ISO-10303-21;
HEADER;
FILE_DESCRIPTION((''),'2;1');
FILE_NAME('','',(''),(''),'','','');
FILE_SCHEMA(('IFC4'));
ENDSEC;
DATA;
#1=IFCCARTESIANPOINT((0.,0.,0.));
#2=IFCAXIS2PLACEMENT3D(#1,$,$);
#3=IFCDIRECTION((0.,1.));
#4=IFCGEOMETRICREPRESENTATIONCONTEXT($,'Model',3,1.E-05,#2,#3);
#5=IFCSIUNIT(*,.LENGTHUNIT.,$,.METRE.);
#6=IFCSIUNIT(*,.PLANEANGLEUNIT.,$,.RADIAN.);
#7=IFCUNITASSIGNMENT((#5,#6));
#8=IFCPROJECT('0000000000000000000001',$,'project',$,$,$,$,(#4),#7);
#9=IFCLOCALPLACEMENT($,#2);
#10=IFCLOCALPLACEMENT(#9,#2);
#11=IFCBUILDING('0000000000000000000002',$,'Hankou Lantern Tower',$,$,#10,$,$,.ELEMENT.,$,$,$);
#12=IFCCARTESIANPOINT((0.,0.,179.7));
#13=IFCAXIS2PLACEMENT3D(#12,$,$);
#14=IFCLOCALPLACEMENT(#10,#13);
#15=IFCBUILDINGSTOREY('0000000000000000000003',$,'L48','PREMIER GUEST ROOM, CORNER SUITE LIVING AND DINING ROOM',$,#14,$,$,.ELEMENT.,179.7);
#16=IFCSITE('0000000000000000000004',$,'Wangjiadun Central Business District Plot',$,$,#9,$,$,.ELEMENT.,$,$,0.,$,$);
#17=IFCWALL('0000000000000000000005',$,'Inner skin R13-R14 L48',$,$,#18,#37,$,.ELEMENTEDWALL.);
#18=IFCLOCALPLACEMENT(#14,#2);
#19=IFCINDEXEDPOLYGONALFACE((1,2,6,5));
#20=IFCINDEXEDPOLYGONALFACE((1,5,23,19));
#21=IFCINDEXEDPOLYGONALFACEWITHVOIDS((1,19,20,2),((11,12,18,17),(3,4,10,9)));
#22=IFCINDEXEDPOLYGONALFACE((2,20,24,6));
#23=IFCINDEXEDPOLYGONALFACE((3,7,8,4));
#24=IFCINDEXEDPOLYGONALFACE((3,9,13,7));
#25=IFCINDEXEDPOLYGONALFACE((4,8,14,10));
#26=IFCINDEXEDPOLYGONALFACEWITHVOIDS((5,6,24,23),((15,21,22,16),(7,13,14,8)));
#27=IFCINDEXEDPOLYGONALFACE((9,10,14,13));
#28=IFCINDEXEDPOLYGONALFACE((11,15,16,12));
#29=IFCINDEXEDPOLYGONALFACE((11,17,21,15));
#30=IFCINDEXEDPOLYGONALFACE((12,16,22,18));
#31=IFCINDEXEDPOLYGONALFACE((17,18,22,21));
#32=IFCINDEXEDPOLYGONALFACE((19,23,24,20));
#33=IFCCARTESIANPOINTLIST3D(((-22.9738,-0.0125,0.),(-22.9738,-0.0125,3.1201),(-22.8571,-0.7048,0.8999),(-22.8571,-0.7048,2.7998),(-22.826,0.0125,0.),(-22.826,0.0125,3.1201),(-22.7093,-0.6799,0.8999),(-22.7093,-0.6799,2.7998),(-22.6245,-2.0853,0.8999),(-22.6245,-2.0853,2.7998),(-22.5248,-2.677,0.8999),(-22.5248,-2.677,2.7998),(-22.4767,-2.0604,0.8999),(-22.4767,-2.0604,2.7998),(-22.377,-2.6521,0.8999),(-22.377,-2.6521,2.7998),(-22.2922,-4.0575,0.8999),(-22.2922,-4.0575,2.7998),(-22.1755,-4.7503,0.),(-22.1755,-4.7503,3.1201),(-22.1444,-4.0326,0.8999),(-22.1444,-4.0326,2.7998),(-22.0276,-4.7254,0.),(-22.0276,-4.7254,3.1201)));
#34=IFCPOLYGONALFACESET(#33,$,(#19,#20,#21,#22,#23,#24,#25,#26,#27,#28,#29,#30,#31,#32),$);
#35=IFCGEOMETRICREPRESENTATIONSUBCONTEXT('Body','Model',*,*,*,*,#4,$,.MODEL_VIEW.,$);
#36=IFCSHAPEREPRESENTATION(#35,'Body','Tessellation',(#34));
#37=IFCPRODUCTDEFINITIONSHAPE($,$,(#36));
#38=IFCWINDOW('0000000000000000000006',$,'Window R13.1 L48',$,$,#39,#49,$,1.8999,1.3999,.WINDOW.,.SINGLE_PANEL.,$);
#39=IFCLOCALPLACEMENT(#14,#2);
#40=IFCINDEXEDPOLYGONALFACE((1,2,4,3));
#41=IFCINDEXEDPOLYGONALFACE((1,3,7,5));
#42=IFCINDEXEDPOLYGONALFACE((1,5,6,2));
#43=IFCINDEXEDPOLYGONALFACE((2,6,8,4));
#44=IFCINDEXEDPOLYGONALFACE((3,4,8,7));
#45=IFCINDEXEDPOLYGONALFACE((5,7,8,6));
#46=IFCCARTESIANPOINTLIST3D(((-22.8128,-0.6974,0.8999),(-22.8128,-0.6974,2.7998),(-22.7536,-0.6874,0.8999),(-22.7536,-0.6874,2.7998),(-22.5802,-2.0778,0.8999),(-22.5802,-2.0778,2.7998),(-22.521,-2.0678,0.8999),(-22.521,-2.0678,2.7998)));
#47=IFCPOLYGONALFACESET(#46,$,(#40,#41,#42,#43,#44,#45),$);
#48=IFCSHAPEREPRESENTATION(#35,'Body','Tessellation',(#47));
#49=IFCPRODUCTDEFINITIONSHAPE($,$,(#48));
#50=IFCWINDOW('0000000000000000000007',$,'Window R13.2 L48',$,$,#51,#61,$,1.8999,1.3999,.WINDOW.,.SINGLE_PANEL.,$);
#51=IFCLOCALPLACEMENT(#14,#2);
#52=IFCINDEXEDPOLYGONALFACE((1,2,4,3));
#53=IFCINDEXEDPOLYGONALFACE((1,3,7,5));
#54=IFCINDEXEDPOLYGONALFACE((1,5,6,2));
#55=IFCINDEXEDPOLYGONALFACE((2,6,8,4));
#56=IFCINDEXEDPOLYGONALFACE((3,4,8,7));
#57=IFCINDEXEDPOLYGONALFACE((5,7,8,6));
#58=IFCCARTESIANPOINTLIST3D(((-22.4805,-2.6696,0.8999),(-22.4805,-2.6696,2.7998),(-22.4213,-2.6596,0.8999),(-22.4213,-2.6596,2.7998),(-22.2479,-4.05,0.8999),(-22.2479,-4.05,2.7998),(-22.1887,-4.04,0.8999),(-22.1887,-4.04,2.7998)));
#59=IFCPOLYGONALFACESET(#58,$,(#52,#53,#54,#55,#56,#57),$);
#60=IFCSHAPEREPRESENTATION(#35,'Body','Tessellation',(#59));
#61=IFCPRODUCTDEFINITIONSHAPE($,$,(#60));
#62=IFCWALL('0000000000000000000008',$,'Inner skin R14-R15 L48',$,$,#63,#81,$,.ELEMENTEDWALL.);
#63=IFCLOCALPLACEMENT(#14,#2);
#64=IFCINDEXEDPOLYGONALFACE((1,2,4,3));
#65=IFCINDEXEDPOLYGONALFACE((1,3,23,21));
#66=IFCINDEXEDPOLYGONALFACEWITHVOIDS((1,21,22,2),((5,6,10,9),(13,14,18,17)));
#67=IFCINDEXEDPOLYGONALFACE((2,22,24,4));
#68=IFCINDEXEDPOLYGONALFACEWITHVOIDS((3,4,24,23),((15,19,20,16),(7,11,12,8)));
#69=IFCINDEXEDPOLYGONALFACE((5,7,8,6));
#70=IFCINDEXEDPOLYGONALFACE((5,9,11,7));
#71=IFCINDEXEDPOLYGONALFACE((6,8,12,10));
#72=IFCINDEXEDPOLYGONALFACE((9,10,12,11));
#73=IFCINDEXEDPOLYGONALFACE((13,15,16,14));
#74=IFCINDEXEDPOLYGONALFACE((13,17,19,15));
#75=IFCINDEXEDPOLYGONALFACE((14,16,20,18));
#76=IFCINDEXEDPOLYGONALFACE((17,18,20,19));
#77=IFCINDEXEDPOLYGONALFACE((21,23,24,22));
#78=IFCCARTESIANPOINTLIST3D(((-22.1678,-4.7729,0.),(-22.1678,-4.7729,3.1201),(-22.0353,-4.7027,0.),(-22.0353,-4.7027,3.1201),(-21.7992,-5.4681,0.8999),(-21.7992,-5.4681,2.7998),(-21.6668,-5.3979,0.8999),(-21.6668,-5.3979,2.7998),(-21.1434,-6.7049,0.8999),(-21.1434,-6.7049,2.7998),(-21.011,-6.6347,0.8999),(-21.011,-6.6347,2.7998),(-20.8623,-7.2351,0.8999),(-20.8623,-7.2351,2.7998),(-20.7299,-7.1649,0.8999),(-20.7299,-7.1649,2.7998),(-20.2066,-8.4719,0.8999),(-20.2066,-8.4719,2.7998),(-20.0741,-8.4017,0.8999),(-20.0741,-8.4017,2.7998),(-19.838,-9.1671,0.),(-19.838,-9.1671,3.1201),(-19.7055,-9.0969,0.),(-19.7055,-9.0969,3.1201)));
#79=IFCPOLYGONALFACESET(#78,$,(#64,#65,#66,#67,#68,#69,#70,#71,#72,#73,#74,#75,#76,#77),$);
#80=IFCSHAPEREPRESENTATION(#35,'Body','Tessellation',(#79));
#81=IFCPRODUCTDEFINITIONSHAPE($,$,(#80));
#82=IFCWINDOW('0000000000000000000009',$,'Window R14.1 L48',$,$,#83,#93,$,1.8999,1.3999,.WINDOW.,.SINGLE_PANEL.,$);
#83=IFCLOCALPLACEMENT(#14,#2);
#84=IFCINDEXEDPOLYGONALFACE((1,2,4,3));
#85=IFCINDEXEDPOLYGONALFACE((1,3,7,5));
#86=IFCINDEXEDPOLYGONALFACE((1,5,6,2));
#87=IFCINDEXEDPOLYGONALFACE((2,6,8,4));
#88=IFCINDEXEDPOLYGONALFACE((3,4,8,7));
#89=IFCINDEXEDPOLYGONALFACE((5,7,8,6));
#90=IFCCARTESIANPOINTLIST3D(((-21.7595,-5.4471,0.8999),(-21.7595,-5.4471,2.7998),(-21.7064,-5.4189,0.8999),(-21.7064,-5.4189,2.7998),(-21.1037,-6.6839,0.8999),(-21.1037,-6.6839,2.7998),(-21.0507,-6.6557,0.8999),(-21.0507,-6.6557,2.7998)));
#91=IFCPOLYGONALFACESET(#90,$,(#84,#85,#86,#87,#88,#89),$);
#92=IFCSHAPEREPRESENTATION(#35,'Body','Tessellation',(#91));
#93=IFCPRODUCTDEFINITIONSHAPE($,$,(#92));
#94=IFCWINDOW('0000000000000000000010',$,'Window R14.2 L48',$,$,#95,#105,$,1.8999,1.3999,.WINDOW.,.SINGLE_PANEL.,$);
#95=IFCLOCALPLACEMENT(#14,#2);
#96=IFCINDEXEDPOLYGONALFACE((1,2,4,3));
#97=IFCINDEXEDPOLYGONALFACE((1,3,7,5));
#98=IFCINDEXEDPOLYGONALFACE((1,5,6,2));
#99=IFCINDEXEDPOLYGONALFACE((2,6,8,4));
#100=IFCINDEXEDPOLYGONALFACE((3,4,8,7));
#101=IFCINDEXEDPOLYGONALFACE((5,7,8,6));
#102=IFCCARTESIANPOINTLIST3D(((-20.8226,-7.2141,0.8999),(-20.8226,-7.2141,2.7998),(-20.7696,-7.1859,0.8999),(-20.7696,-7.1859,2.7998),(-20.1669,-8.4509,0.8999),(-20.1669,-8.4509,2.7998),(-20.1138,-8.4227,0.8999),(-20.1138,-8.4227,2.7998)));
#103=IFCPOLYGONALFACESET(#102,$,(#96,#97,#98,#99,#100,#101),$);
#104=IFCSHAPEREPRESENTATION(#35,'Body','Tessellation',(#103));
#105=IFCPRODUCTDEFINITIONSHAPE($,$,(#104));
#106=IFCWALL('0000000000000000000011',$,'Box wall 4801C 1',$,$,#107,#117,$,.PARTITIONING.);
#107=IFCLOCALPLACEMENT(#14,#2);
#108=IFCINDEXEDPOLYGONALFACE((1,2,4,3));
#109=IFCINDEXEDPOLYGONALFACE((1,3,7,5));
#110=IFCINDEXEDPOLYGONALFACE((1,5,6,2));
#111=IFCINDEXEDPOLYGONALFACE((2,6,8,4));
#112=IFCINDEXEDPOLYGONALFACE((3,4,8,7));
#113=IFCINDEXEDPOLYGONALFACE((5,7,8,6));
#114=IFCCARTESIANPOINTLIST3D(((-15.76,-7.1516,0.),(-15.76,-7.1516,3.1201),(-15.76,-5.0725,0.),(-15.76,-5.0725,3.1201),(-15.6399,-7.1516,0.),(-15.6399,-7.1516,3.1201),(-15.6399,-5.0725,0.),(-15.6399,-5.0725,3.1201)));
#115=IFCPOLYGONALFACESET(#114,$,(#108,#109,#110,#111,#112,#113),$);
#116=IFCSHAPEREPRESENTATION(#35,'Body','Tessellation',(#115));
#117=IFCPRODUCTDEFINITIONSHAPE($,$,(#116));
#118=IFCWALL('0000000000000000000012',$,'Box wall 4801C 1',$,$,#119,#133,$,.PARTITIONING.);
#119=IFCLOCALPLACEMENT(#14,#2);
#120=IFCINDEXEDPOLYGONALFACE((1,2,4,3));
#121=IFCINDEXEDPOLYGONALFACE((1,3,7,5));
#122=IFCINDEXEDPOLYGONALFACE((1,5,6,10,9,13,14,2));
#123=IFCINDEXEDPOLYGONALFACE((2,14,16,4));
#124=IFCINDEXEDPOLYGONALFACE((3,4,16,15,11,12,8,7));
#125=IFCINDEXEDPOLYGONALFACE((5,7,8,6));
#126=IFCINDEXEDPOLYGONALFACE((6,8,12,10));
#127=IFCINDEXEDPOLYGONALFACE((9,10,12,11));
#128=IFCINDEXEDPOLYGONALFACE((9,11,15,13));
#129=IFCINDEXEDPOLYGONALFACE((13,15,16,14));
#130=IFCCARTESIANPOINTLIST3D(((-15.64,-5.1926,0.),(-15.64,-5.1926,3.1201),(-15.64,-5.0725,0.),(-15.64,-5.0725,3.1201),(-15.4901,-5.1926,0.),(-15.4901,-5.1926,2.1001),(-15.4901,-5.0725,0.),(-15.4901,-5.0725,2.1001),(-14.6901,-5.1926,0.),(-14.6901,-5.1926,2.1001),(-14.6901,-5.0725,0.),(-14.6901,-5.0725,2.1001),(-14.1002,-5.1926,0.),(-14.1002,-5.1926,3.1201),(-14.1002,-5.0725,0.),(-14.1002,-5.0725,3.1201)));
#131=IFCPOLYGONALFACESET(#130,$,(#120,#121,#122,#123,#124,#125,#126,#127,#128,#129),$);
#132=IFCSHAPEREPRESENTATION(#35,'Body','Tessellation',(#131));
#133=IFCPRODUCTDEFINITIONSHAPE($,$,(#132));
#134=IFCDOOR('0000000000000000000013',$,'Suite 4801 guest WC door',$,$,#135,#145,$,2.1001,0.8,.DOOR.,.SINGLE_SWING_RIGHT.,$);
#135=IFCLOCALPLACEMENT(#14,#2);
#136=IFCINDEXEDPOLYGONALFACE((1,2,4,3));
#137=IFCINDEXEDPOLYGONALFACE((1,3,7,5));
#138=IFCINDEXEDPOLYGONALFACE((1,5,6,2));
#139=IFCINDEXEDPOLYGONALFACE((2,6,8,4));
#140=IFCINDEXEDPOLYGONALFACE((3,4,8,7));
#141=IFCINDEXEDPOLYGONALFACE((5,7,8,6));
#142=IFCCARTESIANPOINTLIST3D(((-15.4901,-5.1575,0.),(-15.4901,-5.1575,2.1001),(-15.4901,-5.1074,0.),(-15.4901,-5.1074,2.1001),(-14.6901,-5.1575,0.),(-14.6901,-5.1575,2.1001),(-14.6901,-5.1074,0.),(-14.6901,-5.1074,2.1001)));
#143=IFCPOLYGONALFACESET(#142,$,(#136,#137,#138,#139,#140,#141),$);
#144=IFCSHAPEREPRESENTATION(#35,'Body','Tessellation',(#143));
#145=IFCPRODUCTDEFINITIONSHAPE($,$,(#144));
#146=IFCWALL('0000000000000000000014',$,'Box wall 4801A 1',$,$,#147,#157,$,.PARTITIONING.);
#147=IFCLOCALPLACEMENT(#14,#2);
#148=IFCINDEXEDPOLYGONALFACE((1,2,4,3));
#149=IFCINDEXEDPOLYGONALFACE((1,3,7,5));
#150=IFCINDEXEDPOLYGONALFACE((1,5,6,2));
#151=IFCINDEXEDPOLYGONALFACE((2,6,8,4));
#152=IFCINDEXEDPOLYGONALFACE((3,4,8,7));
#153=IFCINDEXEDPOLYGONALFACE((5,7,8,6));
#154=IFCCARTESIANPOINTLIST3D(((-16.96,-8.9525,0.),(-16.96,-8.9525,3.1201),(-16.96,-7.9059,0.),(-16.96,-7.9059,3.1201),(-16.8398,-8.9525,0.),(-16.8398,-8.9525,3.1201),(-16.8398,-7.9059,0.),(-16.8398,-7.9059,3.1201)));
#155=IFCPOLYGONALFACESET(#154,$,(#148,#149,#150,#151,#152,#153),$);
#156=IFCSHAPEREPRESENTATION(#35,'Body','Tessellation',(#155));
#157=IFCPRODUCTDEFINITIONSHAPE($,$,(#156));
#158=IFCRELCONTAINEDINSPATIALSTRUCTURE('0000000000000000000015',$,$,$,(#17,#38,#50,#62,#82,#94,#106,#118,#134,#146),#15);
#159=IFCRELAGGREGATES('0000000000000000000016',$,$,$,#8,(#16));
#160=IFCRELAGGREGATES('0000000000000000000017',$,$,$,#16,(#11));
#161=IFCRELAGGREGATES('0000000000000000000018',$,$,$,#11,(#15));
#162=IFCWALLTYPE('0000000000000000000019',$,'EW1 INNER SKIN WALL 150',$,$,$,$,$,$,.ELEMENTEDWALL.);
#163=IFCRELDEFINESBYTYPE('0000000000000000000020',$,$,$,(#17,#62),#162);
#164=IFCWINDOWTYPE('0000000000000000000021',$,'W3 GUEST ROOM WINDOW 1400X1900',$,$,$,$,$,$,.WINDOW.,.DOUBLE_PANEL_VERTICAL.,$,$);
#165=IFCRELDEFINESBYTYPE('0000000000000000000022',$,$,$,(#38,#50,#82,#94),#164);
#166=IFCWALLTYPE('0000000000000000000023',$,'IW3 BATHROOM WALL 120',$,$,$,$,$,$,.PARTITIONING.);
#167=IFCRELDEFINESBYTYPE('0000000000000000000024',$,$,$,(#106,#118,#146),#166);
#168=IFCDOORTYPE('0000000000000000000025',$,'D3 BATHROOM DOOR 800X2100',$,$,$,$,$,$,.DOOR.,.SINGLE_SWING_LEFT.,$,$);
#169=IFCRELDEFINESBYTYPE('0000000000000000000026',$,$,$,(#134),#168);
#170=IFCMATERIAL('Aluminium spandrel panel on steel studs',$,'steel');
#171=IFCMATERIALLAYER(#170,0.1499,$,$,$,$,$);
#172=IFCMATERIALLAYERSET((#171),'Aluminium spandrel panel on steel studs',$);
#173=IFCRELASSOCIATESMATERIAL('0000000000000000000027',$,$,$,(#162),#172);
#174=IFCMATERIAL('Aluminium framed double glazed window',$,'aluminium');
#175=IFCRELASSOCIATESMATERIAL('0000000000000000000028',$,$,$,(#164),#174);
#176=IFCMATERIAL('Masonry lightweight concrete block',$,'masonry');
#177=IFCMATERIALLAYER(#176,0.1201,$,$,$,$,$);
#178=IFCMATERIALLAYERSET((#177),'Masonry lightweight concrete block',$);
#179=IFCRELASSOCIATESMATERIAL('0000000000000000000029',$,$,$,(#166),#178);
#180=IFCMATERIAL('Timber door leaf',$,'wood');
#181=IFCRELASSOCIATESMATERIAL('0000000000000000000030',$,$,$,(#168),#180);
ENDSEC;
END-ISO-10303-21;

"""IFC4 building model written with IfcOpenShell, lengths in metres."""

from ifc_helpers import new_model, si_unit, direction, frame, frame_2d, origin, place, context, subcontext, project, spatial, rectangle, extrude, material, layer, layer_set, type_object, element, fill, save


model = new_model("IFC4")

# Units and contexts
model_context = context("Model", 3, precision=1e-05, world=origin(), true_north=direction((0.0, 1.0)))
body_context = subcontext(model_context, "Body", "Model", "MODEL_VIEW")
ifc_project = project(units=[si_unit("LENGTHUNIT", "METRE"), si_unit("PLANEANGLEUNIT", "RADIAN")], contexts=[model_context])

# Site, building, storey
site_placement = place(None, origin())
site = spatial("IfcSite", under=ifc_project, at=site_placement, Name="Wangjiadun Central Business District Plot", CompositionType="ELEMENT", RefElevation=0.0)
building_placement = place(site_placement, origin())
building = spatial("IfcBuilding", under=site, at=building_placement, Name="Hankou Lantern Tower", CompositionType="ELEMENT")
storey_placement = place(building_placement, frame((0.0, 0.0, 179.7)))
storey = spatial("IfcBuildingStorey", under=building, at=storey_placement, Name="L48", Description="PREMIER GUEST ROOM, CORNER SUITE LIVING AND DINING ROOM", CompositionType="ELEMENT", Elevation=179.7)

# Walls, openings, windows
ifc_material_1 = material(Name="Aluminium spandrel panel on steel studs", Category="steel")
ifc_layer_1 = layer(ifc_material_1, 0.1499)
ifc_layer_set_1 = layer_set([ifc_layer_1], Name="Aluminium spandrel panel on steel studs")
wall_type_1 = type_object("IfcWallType", Name="EW1 INNER SKIN WALL 150", PredefinedType="ELEMENTEDWALL", material=ifc_layer_set_1)
wall_1_placement = place(storey_placement, frame((-22.8999, 0.0, 0.0), z_axis=(0.0, 0.0, 1.0), x_axis=(0.166162, -0.986098, 0.0)))
wall_1 = element("IfcWall", 1, at=wall_1_placement, inside=storey, type_object=wall_type_1, Name="Inner skin R13-R14 L48", PredefinedType="ELEMENTEDWALL", context=body_context, shape_type="SweptSolid", body=[
    extrude(rectangle(XDim=4.8047, YDim=0.1499, at=frame_2d((2.4023, 0.0))), origin(), (0.0, 0.0, 1.0), 3.1201),
])
opening_1_placement = place(wall_1_placement, frame((0.7021, 0.0, 0.8999)))
opening_1 = element("IfcOpeningElement", 2, at=opening_1_placement, cuts=wall_1, PredefinedType="OPENING", context=body_context, shape_type="SweptSolid", body=[
    extrude(rectangle(XDim=1.3999, YDim=1.8999, at=frame_2d((0.7, 0.95))), frame((0.0, 0.085, 0.0), z_axis=(0.0, -1.0, 0.0), x_axis=(1.0, 0.0, 0.0)), (0.0, 0.0, 1.0), 0.1699),
])
opening_2_placement = place(wall_1_placement, frame((2.7021, 0.0, 0.8999)))
opening_2 = element("IfcOpeningElement", 3, at=opening_2_placement, cuts=wall_1, PredefinedType="OPENING", context=body_context, shape_type="SweptSolid", body=[
    extrude(rectangle(XDim=1.3999, YDim=1.8999, at=frame_2d((0.7, 0.95))), frame((0.0, 0.085, 0.0), z_axis=(0.0, -1.0, 0.0), x_axis=(1.0, 0.0, 0.0)), (0.0, 0.0, 1.0), 0.1699),
])
ifc_material_2 = material(Name="Aluminium framed double glazed window", Category="aluminium")
window_type = type_object("IfcWindowType", Name="W3 GUEST ROOM WINDOW 1400X1900", PartitioningType="DOUBLE_PANEL_VERTICAL", PredefinedType="WINDOW", material=ifc_material_2)
window_1_placement = place(opening_1_placement, origin())
window_1 = element("IfcWindow", 4, at=window_1_placement, inside=storey, type_object=window_type, Name="Window R13.1 L48", OverallHeight=1.8999, OverallWidth=1.3999, PartitioningType="SINGLE_PANEL", PredefinedType="WINDOW", context=body_context, shape_type="SweptSolid", body=[
    extrude(rectangle(XDim=1.3999, YDim=1.8999, at=frame_2d((0.7, 0.95))), frame((0.0, 0.03, 0.0), z_axis=(0.0, -1.0, 0.0), x_axis=(1.0, 0.0, 0.0)), (0.0, 0.0, 1.0), 0.0601),
])
fill(opening_1, window_1)
window_2_placement = place(opening_2_placement, origin())
window_2 = element("IfcWindow", 5, at=window_2_placement, inside=storey, type_object=window_type, Name="Window R13.2 L48", OverallHeight=1.8999, OverallWidth=1.3999, PartitioningType="SINGLE_PANEL", PredefinedType="WINDOW", context=body_context, shape_type="SweptSolid", body=[
    extrude(rectangle(XDim=1.3999, YDim=1.8999, at=frame_2d((0.7, 0.95))), frame((0.0, 0.03, 0.0), z_axis=(0.0, -1.0, 0.0), x_axis=(1.0, 0.0, 0.0)), (0.0, 0.0, 1.0), 0.0601),
])
fill(opening_2, window_2)
wall_2_placement = place(storey_placement, frame((-22.1016, -4.7378, 0.0), z_axis=(0.0, 0.0, 1.0), x_axis=(0.468429, -0.883501, 0.0)))
wall_2 = element("IfcWall", 6, at=wall_2_placement, inside=storey, type_object=wall_type_1, Name="Inner skin R14-R15 L48", PredefinedType="ELEMENTEDWALL", context=body_context, shape_type="SweptSolid", body=[
    extrude(rectangle(XDim=4.9736, YDim=0.1499, at=frame_2d((2.4868, 0.0))), origin(), (0.0, 0.0, 1.0), 3.1201),
])
opening_3_placement = place(wall_2_placement, frame((0.7869, 0.0, 0.8999)))
opening_3 = element("IfcOpeningElement", 7, at=opening_3_placement, cuts=wall_2, PredefinedType="OPENING", context=body_context, shape_type="SweptSolid", body=[
    extrude(rectangle(XDim=1.3999, YDim=1.8999, at=frame_2d((0.7, 0.95))), frame((0.0, 0.085, 0.0), z_axis=(0.0, -1.0, 0.0), x_axis=(1.0, 0.0, 0.0)), (0.0, 0.0, 1.0), 0.1699),
])
opening_4_placement = place(wall_2_placement, frame((2.7869, 0.0, 0.8999)))
opening_4 = element("IfcOpeningElement", 8, at=opening_4_placement, cuts=wall_2, PredefinedType="OPENING", context=body_context, shape_type="SweptSolid", body=[
    extrude(rectangle(XDim=1.3999, YDim=1.8999, at=frame_2d((0.7, 0.95))), frame((0.0, 0.085, 0.0), z_axis=(0.0, -1.0, 0.0), x_axis=(1.0, 0.0, 0.0)), (0.0, 0.0, 1.0), 0.1699),
])
window_3_placement = place(opening_3_placement, origin())
window_3 = element("IfcWindow", 9, at=window_3_placement, inside=storey, type_object=window_type, Name="Window R14.1 L48", OverallHeight=1.8999, OverallWidth=1.3999, PartitioningType="SINGLE_PANEL", PredefinedType="WINDOW", context=body_context, shape_type="SweptSolid", body=[
    extrude(rectangle(XDim=1.3999, YDim=1.8999, at=frame_2d((0.7, 0.95))), frame((0.0, 0.03, 0.0), z_axis=(0.0, -1.0, 0.0), x_axis=(1.0, 0.0, 0.0)), (0.0, 0.0, 1.0), 0.0601),
])
fill(opening_3, window_3)
window_4_placement = place(opening_4_placement, origin())
window_4 = element("IfcWindow", 10, at=window_4_placement, inside=storey, type_object=window_type, Name="Window R14.2 L48", OverallHeight=1.8999, OverallWidth=1.3999, PartitioningType="SINGLE_PANEL", PredefinedType="WINDOW", context=body_context, shape_type="SweptSolid", body=[
    extrude(rectangle(XDim=1.3999, YDim=1.8999, at=frame_2d((0.7, 0.95))), frame((0.0, 0.03, 0.0), z_axis=(0.0, -1.0, 0.0), x_axis=(1.0, 0.0, 0.0)), (0.0, 0.0, 1.0), 0.0601),
])
fill(opening_4, window_4)

# Wall
ifc_material_3 = material(Name="Masonry lightweight concrete block", Category="masonry")
ifc_layer_2 = layer(ifc_material_3, 0.1201)
ifc_layer_set_2 = layer_set([ifc_layer_2], Name="Masonry lightweight concrete block")
wall_type_2 = type_object("IfcWallType", Name="IW3 BATHROOM WALL 120", PredefinedType="PARTITIONING", material=ifc_layer_set_2)
wall_3_placement = place(storey_placement, frame((-15.7, -7.1516, 0.0), z_axis=(0.0, 0.0, 1.0), x_axis=(0.0, 1.0, 0.0)))
element("IfcWall", 11, at=wall_3_placement, inside=storey, type_object=wall_type_2, Name="Box wall 4801C 1", PredefinedType="PARTITIONING", context=body_context, shape_type="SweptSolid", body=[
    extrude(rectangle(XDim=2.0791, YDim=0.1201, at=frame_2d((1.0396, 0.0))), origin(), (0.0, 0.0, 1.0), 3.1201),
])

# Wall, opening, door
wall_4_placement = place(storey_placement, frame((-14.1001, -5.1326, 0.0), z_axis=(0.0, 0.0, 1.0), x_axis=(-1.0, 0.0, 0.0)))
wall_4 = element("IfcWall", 12, at=wall_4_placement, inside=storey, type_object=wall_type_2, Name="Box wall 4801C 1", PredefinedType="PARTITIONING", context=body_context, shape_type="SweptSolid", body=[
    extrude(rectangle(XDim=1.5398, YDim=0.1201, at=frame_2d((0.77, 0.0))), origin(), (0.0, 0.0, 1.0), 3.1201),
])
opening_5_placement = place(wall_4_placement, frame((0.5901, 0.0, 0.0)))
opening_5 = element("IfcOpeningElement", 13, at=opening_5_placement, cuts=wall_4, PredefinedType="OPENING", context=body_context, shape_type="SweptSolid", body=[
    extrude(rectangle(XDim=0.8, YDim=2.1001, at=frame_2d((0.3999, 1.05))), frame((0.0, 0.0701, 0.0), z_axis=(0.0, -1.0, 0.0), x_axis=(1.0, 0.0, 0.0)), (0.0, 0.0, 1.0), 0.1401),
])
ifc_material_4 = material(Name="Timber door leaf", Category="wood")
door_type_1 = type_object("IfcDoorType", Name="D3 BATHROOM DOOR 800X2100", OperationType="SINGLE_SWING_LEFT", PredefinedType="DOOR", material=ifc_material_4)
door_1_placement = place(opening_5_placement, origin())
door_1 = element("IfcDoor", 14, at=door_1_placement, inside=storey, type_object=door_type_1, Name="Suite 4801 guest WC door", OperationType="SINGLE_SWING_RIGHT", OverallHeight=2.1001, OverallWidth=0.8, PredefinedType="DOOR", context=body_context, shape_type="SweptSolid", body=[
    extrude(rectangle(XDim=0.8, YDim=2.1001, at=frame_2d((0.3999, 1.05))), frame((0.0, 0.0249, 0.0), z_axis=(0.0, -1.0, 0.0), x_axis=(1.0, 0.0, 0.0)), (0.0, 0.0, 1.0), 0.05),
])
fill(opening_5, door_1)

# Wall
wall_5_placement = place(storey_placement, frame((-16.8999, -7.9058, 0.0), z_axis=(0.0, 0.0, 1.0), x_axis=(0.0, -1.0, 0.0)))
element("IfcWall", 15, at=wall_5_placement, inside=storey, type_object=wall_type_2, Name="Box wall 4801A 1", PredefinedType="PARTITIONING", context=body_context, shape_type="SweptSolid", body=[
    extrude(rectangle(XDim=1.0466, YDim=0.1201, at=frame_2d((0.5234, 0.0))), origin(), (0.0, 0.0, 1.0), 3.1201),
])

save(model, "model.ifc")
